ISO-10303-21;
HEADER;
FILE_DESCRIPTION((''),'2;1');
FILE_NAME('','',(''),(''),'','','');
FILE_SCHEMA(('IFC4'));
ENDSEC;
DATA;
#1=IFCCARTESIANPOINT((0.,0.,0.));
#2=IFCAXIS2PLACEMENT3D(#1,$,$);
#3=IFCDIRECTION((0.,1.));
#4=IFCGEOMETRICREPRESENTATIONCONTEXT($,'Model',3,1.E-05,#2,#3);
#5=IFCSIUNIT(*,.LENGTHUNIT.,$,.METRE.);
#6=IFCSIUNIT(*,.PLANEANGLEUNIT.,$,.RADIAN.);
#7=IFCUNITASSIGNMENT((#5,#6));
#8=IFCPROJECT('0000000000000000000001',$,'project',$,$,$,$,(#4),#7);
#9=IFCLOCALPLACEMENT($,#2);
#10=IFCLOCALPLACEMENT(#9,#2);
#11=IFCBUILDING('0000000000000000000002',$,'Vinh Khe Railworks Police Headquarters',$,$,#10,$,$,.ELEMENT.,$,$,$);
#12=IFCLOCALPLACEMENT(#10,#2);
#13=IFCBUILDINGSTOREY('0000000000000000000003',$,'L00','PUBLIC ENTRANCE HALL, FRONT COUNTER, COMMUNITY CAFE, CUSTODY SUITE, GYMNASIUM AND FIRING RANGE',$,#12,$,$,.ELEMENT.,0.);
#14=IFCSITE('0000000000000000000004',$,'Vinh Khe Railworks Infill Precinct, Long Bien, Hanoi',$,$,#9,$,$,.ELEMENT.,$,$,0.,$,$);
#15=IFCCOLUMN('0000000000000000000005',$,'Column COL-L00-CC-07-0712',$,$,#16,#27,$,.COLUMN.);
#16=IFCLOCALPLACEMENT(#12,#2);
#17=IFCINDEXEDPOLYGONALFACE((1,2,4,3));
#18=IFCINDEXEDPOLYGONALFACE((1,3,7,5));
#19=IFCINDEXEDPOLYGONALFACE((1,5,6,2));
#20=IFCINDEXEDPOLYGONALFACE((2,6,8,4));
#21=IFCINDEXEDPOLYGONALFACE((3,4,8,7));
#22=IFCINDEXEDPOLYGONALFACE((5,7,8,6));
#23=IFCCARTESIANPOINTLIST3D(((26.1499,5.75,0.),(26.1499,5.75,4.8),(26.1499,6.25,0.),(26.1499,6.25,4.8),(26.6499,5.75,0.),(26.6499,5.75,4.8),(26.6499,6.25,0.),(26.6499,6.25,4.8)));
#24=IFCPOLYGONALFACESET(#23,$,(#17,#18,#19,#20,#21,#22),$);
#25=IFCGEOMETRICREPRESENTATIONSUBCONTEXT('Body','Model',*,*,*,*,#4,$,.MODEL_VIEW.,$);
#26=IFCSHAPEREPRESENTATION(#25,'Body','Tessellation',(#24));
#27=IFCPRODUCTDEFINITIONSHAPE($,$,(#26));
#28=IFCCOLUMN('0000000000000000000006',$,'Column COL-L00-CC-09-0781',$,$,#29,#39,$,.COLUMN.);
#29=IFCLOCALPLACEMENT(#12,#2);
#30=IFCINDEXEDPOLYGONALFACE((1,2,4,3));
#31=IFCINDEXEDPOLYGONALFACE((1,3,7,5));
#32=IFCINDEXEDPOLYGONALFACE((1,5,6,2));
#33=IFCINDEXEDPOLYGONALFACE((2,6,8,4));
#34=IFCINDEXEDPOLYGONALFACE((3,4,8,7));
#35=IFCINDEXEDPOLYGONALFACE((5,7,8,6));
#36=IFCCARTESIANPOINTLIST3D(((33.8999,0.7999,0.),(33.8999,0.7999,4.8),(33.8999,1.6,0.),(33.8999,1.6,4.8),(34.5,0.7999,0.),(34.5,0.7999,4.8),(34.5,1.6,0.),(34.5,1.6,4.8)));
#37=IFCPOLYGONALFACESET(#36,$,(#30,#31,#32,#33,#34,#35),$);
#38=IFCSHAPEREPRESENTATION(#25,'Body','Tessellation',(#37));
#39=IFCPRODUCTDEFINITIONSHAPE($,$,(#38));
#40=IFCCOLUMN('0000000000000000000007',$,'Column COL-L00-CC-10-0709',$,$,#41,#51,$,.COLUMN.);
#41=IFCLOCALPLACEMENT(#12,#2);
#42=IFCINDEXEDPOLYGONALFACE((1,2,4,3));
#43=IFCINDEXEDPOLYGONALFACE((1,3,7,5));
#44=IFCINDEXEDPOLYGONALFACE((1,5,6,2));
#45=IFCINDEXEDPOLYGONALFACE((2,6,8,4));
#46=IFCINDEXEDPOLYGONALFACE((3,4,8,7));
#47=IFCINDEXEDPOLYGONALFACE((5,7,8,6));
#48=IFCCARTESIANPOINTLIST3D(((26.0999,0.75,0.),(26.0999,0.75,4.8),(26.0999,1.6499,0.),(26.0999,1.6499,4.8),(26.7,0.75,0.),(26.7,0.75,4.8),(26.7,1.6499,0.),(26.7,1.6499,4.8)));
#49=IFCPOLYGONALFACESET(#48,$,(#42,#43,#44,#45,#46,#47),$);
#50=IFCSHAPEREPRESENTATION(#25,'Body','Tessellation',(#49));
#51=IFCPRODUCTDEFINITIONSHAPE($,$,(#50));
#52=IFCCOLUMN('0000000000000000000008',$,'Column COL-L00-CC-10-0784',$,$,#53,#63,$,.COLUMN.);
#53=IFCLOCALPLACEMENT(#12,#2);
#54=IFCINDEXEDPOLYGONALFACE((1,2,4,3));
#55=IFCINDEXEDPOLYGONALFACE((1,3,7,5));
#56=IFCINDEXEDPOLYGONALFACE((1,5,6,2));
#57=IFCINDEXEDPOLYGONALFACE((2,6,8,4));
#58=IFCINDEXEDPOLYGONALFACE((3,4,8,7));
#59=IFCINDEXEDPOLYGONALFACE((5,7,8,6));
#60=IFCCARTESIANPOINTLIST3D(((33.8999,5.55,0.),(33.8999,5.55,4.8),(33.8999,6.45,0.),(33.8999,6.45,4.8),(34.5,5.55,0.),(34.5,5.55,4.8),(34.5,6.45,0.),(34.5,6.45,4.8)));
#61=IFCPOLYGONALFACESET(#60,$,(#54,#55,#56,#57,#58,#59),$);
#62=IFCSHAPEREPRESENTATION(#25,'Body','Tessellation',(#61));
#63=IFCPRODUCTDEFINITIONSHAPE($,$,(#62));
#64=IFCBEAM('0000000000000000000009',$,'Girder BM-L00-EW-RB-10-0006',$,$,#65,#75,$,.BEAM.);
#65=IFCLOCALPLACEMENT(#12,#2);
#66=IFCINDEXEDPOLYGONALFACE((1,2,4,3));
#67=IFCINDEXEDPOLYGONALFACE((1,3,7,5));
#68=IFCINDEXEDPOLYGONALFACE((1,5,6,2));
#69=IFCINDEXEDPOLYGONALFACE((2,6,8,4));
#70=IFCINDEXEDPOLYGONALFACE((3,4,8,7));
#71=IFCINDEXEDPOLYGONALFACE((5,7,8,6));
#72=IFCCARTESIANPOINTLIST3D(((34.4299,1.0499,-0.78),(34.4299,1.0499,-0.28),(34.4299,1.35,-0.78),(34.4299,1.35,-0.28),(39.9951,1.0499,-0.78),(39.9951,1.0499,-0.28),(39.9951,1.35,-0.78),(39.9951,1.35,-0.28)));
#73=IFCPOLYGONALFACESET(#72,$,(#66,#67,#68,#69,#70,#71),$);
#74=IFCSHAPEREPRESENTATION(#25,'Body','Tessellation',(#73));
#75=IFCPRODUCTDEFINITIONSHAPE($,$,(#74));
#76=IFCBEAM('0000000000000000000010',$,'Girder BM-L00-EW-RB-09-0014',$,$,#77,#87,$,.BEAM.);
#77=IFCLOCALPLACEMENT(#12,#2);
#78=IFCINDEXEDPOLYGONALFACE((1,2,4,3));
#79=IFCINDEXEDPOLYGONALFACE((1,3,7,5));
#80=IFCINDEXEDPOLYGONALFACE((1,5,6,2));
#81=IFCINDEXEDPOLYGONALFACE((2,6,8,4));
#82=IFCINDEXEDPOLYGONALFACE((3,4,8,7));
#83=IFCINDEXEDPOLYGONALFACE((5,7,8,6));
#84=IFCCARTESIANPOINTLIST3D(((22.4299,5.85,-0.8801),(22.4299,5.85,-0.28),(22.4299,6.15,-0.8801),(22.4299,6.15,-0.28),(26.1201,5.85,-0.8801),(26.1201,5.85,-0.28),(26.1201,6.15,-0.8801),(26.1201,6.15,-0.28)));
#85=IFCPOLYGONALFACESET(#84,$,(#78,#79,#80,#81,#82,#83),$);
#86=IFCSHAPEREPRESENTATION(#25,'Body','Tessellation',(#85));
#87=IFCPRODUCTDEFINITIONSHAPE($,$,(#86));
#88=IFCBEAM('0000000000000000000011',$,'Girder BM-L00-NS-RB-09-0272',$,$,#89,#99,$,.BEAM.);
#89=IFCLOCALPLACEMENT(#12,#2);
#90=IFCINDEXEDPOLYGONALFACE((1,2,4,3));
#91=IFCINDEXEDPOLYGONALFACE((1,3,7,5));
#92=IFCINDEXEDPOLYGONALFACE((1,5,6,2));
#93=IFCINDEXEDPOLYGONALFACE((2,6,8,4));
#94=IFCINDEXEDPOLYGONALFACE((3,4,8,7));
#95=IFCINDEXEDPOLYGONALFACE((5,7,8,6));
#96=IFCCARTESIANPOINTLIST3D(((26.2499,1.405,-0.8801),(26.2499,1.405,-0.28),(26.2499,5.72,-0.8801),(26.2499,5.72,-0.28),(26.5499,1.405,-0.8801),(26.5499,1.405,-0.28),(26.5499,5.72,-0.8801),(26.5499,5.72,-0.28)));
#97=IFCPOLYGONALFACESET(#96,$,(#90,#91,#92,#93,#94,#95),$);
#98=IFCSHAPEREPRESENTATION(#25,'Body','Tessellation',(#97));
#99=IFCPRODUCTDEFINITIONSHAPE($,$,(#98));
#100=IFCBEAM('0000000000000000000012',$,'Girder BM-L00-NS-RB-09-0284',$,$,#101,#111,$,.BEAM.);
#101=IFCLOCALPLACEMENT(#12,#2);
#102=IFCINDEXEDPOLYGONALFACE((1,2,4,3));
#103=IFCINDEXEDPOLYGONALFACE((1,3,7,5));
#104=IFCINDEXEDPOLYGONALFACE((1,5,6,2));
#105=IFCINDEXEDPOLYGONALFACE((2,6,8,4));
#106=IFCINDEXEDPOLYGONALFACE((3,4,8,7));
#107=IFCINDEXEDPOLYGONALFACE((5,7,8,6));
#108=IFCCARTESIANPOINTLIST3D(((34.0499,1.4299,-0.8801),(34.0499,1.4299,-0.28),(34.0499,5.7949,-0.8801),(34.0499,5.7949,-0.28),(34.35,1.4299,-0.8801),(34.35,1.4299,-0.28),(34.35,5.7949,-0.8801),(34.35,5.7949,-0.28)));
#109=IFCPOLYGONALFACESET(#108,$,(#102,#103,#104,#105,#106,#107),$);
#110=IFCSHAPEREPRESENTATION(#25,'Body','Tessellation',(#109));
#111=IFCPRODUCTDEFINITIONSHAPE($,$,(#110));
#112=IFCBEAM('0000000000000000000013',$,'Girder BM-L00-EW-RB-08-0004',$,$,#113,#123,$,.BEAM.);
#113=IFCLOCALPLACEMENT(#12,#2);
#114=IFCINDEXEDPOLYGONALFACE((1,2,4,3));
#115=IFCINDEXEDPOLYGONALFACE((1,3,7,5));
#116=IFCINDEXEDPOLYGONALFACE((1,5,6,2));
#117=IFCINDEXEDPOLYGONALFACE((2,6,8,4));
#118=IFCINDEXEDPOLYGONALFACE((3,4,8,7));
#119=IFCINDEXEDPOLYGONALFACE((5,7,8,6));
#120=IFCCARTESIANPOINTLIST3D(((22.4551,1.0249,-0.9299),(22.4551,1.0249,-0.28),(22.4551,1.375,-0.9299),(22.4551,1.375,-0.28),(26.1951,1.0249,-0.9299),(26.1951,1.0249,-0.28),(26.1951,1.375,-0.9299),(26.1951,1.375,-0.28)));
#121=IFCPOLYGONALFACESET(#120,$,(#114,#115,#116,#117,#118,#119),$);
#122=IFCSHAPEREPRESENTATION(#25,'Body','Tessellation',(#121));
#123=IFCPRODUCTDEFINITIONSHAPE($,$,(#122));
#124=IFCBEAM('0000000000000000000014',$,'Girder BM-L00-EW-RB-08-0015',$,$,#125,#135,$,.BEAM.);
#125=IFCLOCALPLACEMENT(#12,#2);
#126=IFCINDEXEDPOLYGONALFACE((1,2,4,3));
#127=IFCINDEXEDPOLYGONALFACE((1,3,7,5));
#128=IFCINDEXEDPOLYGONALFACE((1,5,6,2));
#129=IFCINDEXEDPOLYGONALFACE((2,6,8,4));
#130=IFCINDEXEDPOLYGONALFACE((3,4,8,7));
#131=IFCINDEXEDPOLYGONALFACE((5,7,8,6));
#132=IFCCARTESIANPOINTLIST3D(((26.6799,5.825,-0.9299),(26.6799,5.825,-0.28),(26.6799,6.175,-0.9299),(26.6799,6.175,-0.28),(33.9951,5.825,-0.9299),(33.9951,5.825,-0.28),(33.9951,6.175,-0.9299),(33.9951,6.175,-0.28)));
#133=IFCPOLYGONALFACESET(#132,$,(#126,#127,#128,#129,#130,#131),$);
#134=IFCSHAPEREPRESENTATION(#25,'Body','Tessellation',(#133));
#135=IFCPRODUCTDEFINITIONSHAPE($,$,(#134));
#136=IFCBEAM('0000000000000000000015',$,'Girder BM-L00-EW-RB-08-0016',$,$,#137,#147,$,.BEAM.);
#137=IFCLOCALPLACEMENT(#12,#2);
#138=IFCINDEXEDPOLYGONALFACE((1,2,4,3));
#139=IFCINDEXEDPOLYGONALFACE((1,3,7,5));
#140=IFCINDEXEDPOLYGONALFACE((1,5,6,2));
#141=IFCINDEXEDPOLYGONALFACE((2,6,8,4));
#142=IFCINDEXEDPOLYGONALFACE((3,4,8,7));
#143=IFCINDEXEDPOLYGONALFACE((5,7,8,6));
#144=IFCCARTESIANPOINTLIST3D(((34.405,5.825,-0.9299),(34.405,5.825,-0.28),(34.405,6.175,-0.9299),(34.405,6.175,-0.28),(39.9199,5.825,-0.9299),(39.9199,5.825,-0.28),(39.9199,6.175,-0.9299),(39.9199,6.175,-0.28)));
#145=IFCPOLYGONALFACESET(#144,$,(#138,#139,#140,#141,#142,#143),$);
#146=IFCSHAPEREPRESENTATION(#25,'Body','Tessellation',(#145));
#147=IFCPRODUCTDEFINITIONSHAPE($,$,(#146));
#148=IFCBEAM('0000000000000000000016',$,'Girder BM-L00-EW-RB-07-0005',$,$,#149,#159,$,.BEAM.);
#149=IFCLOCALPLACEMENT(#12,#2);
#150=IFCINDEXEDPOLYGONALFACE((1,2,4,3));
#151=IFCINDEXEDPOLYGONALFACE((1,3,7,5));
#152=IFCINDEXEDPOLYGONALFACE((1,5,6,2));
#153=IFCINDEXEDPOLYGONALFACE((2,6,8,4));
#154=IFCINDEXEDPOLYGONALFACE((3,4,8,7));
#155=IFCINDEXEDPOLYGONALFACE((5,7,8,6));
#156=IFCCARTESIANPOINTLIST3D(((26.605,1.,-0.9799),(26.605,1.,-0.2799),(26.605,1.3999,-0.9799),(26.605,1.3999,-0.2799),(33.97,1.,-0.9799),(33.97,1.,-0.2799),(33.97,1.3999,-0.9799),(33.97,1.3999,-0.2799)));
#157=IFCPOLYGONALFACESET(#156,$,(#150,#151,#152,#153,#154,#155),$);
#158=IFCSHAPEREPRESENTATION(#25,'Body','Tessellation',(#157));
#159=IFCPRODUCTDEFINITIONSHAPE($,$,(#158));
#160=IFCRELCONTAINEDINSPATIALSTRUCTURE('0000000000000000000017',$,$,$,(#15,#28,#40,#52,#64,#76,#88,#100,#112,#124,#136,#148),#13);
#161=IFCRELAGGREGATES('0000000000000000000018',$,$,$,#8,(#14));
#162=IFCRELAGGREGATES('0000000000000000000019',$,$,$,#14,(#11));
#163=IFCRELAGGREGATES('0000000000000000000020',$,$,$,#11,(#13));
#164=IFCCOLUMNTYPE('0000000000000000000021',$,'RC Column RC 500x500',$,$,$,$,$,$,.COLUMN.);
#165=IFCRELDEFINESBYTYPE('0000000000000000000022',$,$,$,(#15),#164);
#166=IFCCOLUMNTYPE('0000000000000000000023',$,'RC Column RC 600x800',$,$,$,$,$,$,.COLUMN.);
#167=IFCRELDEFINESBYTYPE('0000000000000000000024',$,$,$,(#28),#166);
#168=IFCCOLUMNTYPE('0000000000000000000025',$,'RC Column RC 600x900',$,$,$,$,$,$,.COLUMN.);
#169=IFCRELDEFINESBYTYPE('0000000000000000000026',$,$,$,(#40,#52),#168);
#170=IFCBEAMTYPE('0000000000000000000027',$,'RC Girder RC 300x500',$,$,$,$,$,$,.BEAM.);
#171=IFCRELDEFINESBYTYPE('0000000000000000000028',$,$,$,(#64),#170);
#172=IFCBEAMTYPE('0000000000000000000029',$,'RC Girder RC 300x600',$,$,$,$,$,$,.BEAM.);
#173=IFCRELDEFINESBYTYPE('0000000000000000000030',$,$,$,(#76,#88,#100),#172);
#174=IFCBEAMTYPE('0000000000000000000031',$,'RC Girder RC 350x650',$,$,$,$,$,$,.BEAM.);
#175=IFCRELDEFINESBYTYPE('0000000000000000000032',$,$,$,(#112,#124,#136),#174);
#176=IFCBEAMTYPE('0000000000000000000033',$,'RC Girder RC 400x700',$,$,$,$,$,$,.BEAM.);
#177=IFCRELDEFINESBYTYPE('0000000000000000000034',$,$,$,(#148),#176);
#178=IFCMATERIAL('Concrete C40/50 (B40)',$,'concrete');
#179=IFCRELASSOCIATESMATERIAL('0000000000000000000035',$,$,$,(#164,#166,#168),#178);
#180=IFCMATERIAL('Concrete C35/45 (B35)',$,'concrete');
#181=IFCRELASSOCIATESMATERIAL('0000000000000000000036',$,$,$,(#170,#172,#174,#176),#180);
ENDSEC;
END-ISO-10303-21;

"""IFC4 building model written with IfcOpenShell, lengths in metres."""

from ifc_helpers import new_model, si_unit, direction, frame, origin, origin_2d, place, context, subcontext, project, spatial, rectangle, extrude, material, material_profile, profile_set, type_object, element, save


model = new_model("IFC4")

# Units and contexts
model_context = context("Model", 3, precision=1e-05, world=origin(), true_north=direction((0.0, 1.0)))
body_context = subcontext(model_context, "Body", "Model", "MODEL_VIEW")
ifc_project = project(units=[si_unit("LENGTHUNIT", "METRE"), si_unit("PLANEANGLEUNIT", "RADIAN")], contexts=[model_context])

# Site, building, storey
site_placement = place(None, origin())
site = spatial("IfcSite", under=ifc_project, at=site_placement, Name="Vinh Khe Railworks Infill Precinct, Long Bien, Hanoi", CompositionType="ELEMENT", RefElevation=0.0)
building_placement = place(site_placement, origin())
building = spatial("IfcBuilding", under=site, at=building_placement, Name="Vinh Khe Railworks Police Headquarters", CompositionType="ELEMENT")
storey_placement = place(building_placement, origin())
storey = spatial("IfcBuildingStorey", under=building, at=storey_placement, Name="L00", Description="PUBLIC ENTRANCE HALL, FRONT COUNTER, COMMUNITY CAFE, CUSTODY SUITE, GYMNASIUM AND FIRING RANGE", CompositionType="ELEMENT", Elevation=0.0)

# Columns
ifc_material_1 = material(Name="Concrete C40/50 (B40)", Category="concrete")
ifc_material_profile_1 = material_profile(ifc_material_1, rectangle(XDim=0.5, YDim=0.5, at=origin_2d()), Name="RC 500x500")
ifc_profile_set_1 = profile_set([ifc_material_profile_1], Name="Concrete C40/50 (B40)")
column_type_1 = type_object("IfcColumnType", Name="RC Column RC 500x500", PredefinedType="COLUMN", material=ifc_profile_set_1)
column_1_placement = place(storey_placement, frame((26.3999, 6.0, 0.0), z_axis=(0.0, 0.0, 1.0), x_axis=(1.0, 0.0, 0.0)))
element("IfcColumn", 1, at=column_1_placement, inside=storey, type_object=column_type_1, Name="Column COL-L00-CC-07-0712", PredefinedType="COLUMN", context=body_context, shape_type="SweptSolid", body=[
    extrude(rectangle(XDim=0.5, YDim=0.5, at=origin_2d()), origin(), (0.0, 0.0, 1.0), 4.8),
])
ifc_material_profile_2 = material_profile(ifc_material_1, rectangle(XDim=0.6001, YDim=0.8, at=origin_2d()), Name="RC 600x800")
ifc_profile_set_2 = profile_set([ifc_material_profile_2], Name="Concrete C40/50 (B40)")
column_type_2 = type_object("IfcColumnType", Name="RC Column RC 600x800", PredefinedType="COLUMN", material=ifc_profile_set_2)
column_2_placement = place(storey_placement, frame((34.2, 1.2, 0.0), z_axis=(0.0, 0.0, 1.0), x_axis=(1.0, 0.0, 0.0)))
element("IfcColumn", 2, at=column_2_placement, inside=storey, type_object=column_type_2, Name="Column COL-L00-CC-09-0781", PredefinedType="COLUMN", context=body_context, shape_type="SweptSolid", body=[
    extrude(rectangle(XDim=0.6001, YDim=0.8, at=origin_2d()), origin(), (0.0, 0.0, 1.0), 4.8),
])
ifc_material_profile_3 = material_profile(ifc_material_1, rectangle(XDim=0.6001, YDim=0.8999, at=origin_2d()), Name="RC 600x900")
ifc_profile_set_3 = profile_set([ifc_material_profile_3], Name="Concrete C40/50 (B40)")
column_type_3 = type_object("IfcColumnType", Name="RC Column RC 600x900", PredefinedType="COLUMN", material=ifc_profile_set_3)
for number, where, z_axis, x_axis, name in (
    (3, (26.3999, 1.2, 0.0), (0.0, 0.0, 1.0), (1.0, 0.0, 0.0), "Column COL-L00-CC-10-0709"),
    (4, (34.2, 6.0, 0.0), (0.0, 0.0, 1.0), (1.0, 0.0, 0.0), "Column COL-L00-CC-10-0784"),
):
    element("IfcColumn", number, at=place(storey_placement, frame(where, z_axis=z_axis, x_axis=x_axis)), inside=storey, type_object=column_type_3, Name=name, PredefinedType="COLUMN", context=body_context, shape_type="SweptSolid", body=[
        extrude(rectangle(XDim=0.6001, YDim=0.8999, at=origin_2d()), origin(), (0.0, 0.0, 1.0), 4.8),
    ])

# Beams
ifc_material_2 = material(Name="Concrete C35/45 (B35)", Category="concrete")
ifc_material_profile_4 = material_profile(ifc_material_2, rectangle(XDim=0.3, YDim=0.5, at=origin_2d()), Name="RC 300x500")
ifc_profile_set_4 = profile_set([ifc_material_profile_4], Name="Concrete C35/45 (B35)")
beam_type_1 = type_object("IfcBeamType", Name="RC Girder RC 300x500", PredefinedType="BEAM", material=ifc_profile_set_4)
beam_1_placement = place(storey_placement, frame((34.4299, 1.2, -0.53), z_axis=(1.0, 0.0, 0.0), x_axis=(0.0, 1.0, 0.0)))
element("IfcBeam", 5, at=beam_1_placement, inside=storey, type_object=beam_type_1, Name="Girder BM-L00-EW-RB-10-0006", PredefinedType="BEAM", context=body_context, shape_type="SweptSolid", body=[
    extrude(rectangle(XDim=0.3, YDim=0.5, at=origin_2d()), origin(), (0.0, 0.0, 1.0), 5.5652),
])
ifc_material_profile_5 = material_profile(ifc_material_2, rectangle(XDim=0.3, YDim=0.6001, at=origin_2d()), Name="RC 300x600")
ifc_profile_set_5 = profile_set([ifc_material_profile_5], Name="Concrete C35/45 (B35)")
beam_type_2 = type_object("IfcBeamType", Name="RC Girder RC 300x600", PredefinedType="BEAM", material=ifc_profile_set_5)
beam_2_placement = place(storey_placement, frame((22.4299, 6.0, -0.5801), z_axis=(1.0, 0.0, 0.0), x_axis=(0.0, 1.0, 0.0)))
element("IfcBeam", 6, at=beam_2_placement, inside=storey, type_object=beam_type_2, Name="Girder BM-L00-EW-RB-09-0014", PredefinedType="BEAM", context=body_context, shape_type="SweptSolid", body=[
    extrude(rectangle(XDim=0.3, YDim=0.6001, at=origin_2d()), origin(), (0.0, 0.0, 1.0), 3.6902),
])
beam_3_placement = place(storey_placement, frame((26.3999, 1.405, -0.5801), z_axis=(0.0, 1.0, 0.0), x_axis=(-1.0, 0.0, 0.0)))
element("IfcBeam", 7, at=beam_3_placement, inside=storey, type_object=beam_type_2, Name="Girder BM-L00-NS-RB-09-0272", PredefinedType="BEAM", context=body_context, shape_type="SweptSolid", body=[
    extrude(rectangle(XDim=0.3, YDim=0.6001, at=origin_2d()), origin(), (0.0, 0.0, 1.0), 4.3149),
])
beam_4_placement = place(storey_placement, frame((34.2, 1.4299, -0.5801), z_axis=(0.0, 1.0, 0.0), x_axis=(-1.0, 0.0, 0.0)))
element("IfcBeam", 8, at=beam_4_placement, inside=storey, type_object=beam_type_2, Name="Girder BM-L00-NS-RB-09-0284", PredefinedType="BEAM", context=body_context, shape_type="SweptSolid", body=[
    extrude(rectangle(XDim=0.3, YDim=0.6001, at=origin_2d()), origin(), (0.0, 0.0, 1.0), 4.365),
])
ifc_material_profile_6 = material_profile(ifc_material_2, rectangle(XDim=0.3501, YDim=0.6499, at=origin_2d()), Name="RC 350x650")
ifc_profile_set_6 = profile_set([ifc_material_profile_6], Name="Concrete C35/45 (B35)")
beam_type_3 = type_object("IfcBeamType", Name="RC Girder RC 350x650", PredefinedType="BEAM", material=ifc_profile_set_6)
beam_5_placement = place(storey_placement, frame((22.4551, 1.2, -0.605), z_axis=(1.0, 0.0, 0.0), x_axis=(0.0, 1.0, 0.0)))
element("IfcBeam", 9, at=beam_5_placement, inside=storey, type_object=beam_type_3, Name="Girder BM-L00-EW-RB-08-0004", PredefinedType="BEAM", context=body_context, shape_type="SweptSolid", body=[
    extrude(rectangle(XDim=0.3501, YDim=0.6499, at=origin_2d()), origin(), (0.0, 0.0, 1.0), 3.74),
])
beam_6_placement = place(storey_placement, frame((26.6799, 6.0, -0.605), z_axis=(1.0, 0.0, 0.0), x_axis=(0.0, 1.0, 0.0)))
element("IfcBeam", 10, at=beam_6_placement, inside=storey, type_object=beam_type_3, Name="Girder BM-L00-EW-RB-08-0015", PredefinedType="BEAM", context=body_context, shape_type="SweptSolid", body=[
    extrude(rectangle(XDim=0.3501, YDim=0.6499, at=origin_2d()), origin(), (0.0, 0.0, 1.0), 7.3152),
])
beam_7_placement = place(storey_placement, frame((34.405, 6.0, -0.605), z_axis=(1.0, 0.0, 0.0), x_axis=(0.0, 1.0, 0.0)))
element("IfcBeam", 11, at=beam_7_placement, inside=storey, type_object=beam_type_3, Name="Girder BM-L00-EW-RB-08-0016", PredefinedType="BEAM", context=body_context, shape_type="SweptSolid", body=[
    extrude(rectangle(XDim=0.3501, YDim=0.6499, at=origin_2d()), origin(), (0.0, 0.0, 1.0), 5.5149),
])
ifc_material_profile_7 = material_profile(ifc_material_2, rectangle(XDim=0.3999, YDim=0.7, at=origin_2d()), Name="RC 400x700")
ifc_profile_set_7 = profile_set([ifc_material_profile_7], Name="Concrete C35/45 (B35)")
beam_type_4 = type_object("IfcBeamType", Name="RC Girder RC 400x700", PredefinedType="BEAM", material=ifc_profile_set_7)
beam_8_placement = place(storey_placement, frame((26.605, 1.2, -0.6299), z_axis=(1.0, 0.0, 0.0), x_axis=(0.0, 1.0, 0.0)))
element("IfcBeam", 12, at=beam_8_placement, inside=storey, type_object=beam_type_4, Name="Girder BM-L00-EW-RB-07-0005", PredefinedType="BEAM", context=body_context, shape_type="SweptSolid", body=[
    extrude(rectangle(XDim=0.3999, YDim=0.7, at=origin_2d()), origin(), (0.0, 0.0, 1.0), 7.365),
])

save(model, "model.ifc")
